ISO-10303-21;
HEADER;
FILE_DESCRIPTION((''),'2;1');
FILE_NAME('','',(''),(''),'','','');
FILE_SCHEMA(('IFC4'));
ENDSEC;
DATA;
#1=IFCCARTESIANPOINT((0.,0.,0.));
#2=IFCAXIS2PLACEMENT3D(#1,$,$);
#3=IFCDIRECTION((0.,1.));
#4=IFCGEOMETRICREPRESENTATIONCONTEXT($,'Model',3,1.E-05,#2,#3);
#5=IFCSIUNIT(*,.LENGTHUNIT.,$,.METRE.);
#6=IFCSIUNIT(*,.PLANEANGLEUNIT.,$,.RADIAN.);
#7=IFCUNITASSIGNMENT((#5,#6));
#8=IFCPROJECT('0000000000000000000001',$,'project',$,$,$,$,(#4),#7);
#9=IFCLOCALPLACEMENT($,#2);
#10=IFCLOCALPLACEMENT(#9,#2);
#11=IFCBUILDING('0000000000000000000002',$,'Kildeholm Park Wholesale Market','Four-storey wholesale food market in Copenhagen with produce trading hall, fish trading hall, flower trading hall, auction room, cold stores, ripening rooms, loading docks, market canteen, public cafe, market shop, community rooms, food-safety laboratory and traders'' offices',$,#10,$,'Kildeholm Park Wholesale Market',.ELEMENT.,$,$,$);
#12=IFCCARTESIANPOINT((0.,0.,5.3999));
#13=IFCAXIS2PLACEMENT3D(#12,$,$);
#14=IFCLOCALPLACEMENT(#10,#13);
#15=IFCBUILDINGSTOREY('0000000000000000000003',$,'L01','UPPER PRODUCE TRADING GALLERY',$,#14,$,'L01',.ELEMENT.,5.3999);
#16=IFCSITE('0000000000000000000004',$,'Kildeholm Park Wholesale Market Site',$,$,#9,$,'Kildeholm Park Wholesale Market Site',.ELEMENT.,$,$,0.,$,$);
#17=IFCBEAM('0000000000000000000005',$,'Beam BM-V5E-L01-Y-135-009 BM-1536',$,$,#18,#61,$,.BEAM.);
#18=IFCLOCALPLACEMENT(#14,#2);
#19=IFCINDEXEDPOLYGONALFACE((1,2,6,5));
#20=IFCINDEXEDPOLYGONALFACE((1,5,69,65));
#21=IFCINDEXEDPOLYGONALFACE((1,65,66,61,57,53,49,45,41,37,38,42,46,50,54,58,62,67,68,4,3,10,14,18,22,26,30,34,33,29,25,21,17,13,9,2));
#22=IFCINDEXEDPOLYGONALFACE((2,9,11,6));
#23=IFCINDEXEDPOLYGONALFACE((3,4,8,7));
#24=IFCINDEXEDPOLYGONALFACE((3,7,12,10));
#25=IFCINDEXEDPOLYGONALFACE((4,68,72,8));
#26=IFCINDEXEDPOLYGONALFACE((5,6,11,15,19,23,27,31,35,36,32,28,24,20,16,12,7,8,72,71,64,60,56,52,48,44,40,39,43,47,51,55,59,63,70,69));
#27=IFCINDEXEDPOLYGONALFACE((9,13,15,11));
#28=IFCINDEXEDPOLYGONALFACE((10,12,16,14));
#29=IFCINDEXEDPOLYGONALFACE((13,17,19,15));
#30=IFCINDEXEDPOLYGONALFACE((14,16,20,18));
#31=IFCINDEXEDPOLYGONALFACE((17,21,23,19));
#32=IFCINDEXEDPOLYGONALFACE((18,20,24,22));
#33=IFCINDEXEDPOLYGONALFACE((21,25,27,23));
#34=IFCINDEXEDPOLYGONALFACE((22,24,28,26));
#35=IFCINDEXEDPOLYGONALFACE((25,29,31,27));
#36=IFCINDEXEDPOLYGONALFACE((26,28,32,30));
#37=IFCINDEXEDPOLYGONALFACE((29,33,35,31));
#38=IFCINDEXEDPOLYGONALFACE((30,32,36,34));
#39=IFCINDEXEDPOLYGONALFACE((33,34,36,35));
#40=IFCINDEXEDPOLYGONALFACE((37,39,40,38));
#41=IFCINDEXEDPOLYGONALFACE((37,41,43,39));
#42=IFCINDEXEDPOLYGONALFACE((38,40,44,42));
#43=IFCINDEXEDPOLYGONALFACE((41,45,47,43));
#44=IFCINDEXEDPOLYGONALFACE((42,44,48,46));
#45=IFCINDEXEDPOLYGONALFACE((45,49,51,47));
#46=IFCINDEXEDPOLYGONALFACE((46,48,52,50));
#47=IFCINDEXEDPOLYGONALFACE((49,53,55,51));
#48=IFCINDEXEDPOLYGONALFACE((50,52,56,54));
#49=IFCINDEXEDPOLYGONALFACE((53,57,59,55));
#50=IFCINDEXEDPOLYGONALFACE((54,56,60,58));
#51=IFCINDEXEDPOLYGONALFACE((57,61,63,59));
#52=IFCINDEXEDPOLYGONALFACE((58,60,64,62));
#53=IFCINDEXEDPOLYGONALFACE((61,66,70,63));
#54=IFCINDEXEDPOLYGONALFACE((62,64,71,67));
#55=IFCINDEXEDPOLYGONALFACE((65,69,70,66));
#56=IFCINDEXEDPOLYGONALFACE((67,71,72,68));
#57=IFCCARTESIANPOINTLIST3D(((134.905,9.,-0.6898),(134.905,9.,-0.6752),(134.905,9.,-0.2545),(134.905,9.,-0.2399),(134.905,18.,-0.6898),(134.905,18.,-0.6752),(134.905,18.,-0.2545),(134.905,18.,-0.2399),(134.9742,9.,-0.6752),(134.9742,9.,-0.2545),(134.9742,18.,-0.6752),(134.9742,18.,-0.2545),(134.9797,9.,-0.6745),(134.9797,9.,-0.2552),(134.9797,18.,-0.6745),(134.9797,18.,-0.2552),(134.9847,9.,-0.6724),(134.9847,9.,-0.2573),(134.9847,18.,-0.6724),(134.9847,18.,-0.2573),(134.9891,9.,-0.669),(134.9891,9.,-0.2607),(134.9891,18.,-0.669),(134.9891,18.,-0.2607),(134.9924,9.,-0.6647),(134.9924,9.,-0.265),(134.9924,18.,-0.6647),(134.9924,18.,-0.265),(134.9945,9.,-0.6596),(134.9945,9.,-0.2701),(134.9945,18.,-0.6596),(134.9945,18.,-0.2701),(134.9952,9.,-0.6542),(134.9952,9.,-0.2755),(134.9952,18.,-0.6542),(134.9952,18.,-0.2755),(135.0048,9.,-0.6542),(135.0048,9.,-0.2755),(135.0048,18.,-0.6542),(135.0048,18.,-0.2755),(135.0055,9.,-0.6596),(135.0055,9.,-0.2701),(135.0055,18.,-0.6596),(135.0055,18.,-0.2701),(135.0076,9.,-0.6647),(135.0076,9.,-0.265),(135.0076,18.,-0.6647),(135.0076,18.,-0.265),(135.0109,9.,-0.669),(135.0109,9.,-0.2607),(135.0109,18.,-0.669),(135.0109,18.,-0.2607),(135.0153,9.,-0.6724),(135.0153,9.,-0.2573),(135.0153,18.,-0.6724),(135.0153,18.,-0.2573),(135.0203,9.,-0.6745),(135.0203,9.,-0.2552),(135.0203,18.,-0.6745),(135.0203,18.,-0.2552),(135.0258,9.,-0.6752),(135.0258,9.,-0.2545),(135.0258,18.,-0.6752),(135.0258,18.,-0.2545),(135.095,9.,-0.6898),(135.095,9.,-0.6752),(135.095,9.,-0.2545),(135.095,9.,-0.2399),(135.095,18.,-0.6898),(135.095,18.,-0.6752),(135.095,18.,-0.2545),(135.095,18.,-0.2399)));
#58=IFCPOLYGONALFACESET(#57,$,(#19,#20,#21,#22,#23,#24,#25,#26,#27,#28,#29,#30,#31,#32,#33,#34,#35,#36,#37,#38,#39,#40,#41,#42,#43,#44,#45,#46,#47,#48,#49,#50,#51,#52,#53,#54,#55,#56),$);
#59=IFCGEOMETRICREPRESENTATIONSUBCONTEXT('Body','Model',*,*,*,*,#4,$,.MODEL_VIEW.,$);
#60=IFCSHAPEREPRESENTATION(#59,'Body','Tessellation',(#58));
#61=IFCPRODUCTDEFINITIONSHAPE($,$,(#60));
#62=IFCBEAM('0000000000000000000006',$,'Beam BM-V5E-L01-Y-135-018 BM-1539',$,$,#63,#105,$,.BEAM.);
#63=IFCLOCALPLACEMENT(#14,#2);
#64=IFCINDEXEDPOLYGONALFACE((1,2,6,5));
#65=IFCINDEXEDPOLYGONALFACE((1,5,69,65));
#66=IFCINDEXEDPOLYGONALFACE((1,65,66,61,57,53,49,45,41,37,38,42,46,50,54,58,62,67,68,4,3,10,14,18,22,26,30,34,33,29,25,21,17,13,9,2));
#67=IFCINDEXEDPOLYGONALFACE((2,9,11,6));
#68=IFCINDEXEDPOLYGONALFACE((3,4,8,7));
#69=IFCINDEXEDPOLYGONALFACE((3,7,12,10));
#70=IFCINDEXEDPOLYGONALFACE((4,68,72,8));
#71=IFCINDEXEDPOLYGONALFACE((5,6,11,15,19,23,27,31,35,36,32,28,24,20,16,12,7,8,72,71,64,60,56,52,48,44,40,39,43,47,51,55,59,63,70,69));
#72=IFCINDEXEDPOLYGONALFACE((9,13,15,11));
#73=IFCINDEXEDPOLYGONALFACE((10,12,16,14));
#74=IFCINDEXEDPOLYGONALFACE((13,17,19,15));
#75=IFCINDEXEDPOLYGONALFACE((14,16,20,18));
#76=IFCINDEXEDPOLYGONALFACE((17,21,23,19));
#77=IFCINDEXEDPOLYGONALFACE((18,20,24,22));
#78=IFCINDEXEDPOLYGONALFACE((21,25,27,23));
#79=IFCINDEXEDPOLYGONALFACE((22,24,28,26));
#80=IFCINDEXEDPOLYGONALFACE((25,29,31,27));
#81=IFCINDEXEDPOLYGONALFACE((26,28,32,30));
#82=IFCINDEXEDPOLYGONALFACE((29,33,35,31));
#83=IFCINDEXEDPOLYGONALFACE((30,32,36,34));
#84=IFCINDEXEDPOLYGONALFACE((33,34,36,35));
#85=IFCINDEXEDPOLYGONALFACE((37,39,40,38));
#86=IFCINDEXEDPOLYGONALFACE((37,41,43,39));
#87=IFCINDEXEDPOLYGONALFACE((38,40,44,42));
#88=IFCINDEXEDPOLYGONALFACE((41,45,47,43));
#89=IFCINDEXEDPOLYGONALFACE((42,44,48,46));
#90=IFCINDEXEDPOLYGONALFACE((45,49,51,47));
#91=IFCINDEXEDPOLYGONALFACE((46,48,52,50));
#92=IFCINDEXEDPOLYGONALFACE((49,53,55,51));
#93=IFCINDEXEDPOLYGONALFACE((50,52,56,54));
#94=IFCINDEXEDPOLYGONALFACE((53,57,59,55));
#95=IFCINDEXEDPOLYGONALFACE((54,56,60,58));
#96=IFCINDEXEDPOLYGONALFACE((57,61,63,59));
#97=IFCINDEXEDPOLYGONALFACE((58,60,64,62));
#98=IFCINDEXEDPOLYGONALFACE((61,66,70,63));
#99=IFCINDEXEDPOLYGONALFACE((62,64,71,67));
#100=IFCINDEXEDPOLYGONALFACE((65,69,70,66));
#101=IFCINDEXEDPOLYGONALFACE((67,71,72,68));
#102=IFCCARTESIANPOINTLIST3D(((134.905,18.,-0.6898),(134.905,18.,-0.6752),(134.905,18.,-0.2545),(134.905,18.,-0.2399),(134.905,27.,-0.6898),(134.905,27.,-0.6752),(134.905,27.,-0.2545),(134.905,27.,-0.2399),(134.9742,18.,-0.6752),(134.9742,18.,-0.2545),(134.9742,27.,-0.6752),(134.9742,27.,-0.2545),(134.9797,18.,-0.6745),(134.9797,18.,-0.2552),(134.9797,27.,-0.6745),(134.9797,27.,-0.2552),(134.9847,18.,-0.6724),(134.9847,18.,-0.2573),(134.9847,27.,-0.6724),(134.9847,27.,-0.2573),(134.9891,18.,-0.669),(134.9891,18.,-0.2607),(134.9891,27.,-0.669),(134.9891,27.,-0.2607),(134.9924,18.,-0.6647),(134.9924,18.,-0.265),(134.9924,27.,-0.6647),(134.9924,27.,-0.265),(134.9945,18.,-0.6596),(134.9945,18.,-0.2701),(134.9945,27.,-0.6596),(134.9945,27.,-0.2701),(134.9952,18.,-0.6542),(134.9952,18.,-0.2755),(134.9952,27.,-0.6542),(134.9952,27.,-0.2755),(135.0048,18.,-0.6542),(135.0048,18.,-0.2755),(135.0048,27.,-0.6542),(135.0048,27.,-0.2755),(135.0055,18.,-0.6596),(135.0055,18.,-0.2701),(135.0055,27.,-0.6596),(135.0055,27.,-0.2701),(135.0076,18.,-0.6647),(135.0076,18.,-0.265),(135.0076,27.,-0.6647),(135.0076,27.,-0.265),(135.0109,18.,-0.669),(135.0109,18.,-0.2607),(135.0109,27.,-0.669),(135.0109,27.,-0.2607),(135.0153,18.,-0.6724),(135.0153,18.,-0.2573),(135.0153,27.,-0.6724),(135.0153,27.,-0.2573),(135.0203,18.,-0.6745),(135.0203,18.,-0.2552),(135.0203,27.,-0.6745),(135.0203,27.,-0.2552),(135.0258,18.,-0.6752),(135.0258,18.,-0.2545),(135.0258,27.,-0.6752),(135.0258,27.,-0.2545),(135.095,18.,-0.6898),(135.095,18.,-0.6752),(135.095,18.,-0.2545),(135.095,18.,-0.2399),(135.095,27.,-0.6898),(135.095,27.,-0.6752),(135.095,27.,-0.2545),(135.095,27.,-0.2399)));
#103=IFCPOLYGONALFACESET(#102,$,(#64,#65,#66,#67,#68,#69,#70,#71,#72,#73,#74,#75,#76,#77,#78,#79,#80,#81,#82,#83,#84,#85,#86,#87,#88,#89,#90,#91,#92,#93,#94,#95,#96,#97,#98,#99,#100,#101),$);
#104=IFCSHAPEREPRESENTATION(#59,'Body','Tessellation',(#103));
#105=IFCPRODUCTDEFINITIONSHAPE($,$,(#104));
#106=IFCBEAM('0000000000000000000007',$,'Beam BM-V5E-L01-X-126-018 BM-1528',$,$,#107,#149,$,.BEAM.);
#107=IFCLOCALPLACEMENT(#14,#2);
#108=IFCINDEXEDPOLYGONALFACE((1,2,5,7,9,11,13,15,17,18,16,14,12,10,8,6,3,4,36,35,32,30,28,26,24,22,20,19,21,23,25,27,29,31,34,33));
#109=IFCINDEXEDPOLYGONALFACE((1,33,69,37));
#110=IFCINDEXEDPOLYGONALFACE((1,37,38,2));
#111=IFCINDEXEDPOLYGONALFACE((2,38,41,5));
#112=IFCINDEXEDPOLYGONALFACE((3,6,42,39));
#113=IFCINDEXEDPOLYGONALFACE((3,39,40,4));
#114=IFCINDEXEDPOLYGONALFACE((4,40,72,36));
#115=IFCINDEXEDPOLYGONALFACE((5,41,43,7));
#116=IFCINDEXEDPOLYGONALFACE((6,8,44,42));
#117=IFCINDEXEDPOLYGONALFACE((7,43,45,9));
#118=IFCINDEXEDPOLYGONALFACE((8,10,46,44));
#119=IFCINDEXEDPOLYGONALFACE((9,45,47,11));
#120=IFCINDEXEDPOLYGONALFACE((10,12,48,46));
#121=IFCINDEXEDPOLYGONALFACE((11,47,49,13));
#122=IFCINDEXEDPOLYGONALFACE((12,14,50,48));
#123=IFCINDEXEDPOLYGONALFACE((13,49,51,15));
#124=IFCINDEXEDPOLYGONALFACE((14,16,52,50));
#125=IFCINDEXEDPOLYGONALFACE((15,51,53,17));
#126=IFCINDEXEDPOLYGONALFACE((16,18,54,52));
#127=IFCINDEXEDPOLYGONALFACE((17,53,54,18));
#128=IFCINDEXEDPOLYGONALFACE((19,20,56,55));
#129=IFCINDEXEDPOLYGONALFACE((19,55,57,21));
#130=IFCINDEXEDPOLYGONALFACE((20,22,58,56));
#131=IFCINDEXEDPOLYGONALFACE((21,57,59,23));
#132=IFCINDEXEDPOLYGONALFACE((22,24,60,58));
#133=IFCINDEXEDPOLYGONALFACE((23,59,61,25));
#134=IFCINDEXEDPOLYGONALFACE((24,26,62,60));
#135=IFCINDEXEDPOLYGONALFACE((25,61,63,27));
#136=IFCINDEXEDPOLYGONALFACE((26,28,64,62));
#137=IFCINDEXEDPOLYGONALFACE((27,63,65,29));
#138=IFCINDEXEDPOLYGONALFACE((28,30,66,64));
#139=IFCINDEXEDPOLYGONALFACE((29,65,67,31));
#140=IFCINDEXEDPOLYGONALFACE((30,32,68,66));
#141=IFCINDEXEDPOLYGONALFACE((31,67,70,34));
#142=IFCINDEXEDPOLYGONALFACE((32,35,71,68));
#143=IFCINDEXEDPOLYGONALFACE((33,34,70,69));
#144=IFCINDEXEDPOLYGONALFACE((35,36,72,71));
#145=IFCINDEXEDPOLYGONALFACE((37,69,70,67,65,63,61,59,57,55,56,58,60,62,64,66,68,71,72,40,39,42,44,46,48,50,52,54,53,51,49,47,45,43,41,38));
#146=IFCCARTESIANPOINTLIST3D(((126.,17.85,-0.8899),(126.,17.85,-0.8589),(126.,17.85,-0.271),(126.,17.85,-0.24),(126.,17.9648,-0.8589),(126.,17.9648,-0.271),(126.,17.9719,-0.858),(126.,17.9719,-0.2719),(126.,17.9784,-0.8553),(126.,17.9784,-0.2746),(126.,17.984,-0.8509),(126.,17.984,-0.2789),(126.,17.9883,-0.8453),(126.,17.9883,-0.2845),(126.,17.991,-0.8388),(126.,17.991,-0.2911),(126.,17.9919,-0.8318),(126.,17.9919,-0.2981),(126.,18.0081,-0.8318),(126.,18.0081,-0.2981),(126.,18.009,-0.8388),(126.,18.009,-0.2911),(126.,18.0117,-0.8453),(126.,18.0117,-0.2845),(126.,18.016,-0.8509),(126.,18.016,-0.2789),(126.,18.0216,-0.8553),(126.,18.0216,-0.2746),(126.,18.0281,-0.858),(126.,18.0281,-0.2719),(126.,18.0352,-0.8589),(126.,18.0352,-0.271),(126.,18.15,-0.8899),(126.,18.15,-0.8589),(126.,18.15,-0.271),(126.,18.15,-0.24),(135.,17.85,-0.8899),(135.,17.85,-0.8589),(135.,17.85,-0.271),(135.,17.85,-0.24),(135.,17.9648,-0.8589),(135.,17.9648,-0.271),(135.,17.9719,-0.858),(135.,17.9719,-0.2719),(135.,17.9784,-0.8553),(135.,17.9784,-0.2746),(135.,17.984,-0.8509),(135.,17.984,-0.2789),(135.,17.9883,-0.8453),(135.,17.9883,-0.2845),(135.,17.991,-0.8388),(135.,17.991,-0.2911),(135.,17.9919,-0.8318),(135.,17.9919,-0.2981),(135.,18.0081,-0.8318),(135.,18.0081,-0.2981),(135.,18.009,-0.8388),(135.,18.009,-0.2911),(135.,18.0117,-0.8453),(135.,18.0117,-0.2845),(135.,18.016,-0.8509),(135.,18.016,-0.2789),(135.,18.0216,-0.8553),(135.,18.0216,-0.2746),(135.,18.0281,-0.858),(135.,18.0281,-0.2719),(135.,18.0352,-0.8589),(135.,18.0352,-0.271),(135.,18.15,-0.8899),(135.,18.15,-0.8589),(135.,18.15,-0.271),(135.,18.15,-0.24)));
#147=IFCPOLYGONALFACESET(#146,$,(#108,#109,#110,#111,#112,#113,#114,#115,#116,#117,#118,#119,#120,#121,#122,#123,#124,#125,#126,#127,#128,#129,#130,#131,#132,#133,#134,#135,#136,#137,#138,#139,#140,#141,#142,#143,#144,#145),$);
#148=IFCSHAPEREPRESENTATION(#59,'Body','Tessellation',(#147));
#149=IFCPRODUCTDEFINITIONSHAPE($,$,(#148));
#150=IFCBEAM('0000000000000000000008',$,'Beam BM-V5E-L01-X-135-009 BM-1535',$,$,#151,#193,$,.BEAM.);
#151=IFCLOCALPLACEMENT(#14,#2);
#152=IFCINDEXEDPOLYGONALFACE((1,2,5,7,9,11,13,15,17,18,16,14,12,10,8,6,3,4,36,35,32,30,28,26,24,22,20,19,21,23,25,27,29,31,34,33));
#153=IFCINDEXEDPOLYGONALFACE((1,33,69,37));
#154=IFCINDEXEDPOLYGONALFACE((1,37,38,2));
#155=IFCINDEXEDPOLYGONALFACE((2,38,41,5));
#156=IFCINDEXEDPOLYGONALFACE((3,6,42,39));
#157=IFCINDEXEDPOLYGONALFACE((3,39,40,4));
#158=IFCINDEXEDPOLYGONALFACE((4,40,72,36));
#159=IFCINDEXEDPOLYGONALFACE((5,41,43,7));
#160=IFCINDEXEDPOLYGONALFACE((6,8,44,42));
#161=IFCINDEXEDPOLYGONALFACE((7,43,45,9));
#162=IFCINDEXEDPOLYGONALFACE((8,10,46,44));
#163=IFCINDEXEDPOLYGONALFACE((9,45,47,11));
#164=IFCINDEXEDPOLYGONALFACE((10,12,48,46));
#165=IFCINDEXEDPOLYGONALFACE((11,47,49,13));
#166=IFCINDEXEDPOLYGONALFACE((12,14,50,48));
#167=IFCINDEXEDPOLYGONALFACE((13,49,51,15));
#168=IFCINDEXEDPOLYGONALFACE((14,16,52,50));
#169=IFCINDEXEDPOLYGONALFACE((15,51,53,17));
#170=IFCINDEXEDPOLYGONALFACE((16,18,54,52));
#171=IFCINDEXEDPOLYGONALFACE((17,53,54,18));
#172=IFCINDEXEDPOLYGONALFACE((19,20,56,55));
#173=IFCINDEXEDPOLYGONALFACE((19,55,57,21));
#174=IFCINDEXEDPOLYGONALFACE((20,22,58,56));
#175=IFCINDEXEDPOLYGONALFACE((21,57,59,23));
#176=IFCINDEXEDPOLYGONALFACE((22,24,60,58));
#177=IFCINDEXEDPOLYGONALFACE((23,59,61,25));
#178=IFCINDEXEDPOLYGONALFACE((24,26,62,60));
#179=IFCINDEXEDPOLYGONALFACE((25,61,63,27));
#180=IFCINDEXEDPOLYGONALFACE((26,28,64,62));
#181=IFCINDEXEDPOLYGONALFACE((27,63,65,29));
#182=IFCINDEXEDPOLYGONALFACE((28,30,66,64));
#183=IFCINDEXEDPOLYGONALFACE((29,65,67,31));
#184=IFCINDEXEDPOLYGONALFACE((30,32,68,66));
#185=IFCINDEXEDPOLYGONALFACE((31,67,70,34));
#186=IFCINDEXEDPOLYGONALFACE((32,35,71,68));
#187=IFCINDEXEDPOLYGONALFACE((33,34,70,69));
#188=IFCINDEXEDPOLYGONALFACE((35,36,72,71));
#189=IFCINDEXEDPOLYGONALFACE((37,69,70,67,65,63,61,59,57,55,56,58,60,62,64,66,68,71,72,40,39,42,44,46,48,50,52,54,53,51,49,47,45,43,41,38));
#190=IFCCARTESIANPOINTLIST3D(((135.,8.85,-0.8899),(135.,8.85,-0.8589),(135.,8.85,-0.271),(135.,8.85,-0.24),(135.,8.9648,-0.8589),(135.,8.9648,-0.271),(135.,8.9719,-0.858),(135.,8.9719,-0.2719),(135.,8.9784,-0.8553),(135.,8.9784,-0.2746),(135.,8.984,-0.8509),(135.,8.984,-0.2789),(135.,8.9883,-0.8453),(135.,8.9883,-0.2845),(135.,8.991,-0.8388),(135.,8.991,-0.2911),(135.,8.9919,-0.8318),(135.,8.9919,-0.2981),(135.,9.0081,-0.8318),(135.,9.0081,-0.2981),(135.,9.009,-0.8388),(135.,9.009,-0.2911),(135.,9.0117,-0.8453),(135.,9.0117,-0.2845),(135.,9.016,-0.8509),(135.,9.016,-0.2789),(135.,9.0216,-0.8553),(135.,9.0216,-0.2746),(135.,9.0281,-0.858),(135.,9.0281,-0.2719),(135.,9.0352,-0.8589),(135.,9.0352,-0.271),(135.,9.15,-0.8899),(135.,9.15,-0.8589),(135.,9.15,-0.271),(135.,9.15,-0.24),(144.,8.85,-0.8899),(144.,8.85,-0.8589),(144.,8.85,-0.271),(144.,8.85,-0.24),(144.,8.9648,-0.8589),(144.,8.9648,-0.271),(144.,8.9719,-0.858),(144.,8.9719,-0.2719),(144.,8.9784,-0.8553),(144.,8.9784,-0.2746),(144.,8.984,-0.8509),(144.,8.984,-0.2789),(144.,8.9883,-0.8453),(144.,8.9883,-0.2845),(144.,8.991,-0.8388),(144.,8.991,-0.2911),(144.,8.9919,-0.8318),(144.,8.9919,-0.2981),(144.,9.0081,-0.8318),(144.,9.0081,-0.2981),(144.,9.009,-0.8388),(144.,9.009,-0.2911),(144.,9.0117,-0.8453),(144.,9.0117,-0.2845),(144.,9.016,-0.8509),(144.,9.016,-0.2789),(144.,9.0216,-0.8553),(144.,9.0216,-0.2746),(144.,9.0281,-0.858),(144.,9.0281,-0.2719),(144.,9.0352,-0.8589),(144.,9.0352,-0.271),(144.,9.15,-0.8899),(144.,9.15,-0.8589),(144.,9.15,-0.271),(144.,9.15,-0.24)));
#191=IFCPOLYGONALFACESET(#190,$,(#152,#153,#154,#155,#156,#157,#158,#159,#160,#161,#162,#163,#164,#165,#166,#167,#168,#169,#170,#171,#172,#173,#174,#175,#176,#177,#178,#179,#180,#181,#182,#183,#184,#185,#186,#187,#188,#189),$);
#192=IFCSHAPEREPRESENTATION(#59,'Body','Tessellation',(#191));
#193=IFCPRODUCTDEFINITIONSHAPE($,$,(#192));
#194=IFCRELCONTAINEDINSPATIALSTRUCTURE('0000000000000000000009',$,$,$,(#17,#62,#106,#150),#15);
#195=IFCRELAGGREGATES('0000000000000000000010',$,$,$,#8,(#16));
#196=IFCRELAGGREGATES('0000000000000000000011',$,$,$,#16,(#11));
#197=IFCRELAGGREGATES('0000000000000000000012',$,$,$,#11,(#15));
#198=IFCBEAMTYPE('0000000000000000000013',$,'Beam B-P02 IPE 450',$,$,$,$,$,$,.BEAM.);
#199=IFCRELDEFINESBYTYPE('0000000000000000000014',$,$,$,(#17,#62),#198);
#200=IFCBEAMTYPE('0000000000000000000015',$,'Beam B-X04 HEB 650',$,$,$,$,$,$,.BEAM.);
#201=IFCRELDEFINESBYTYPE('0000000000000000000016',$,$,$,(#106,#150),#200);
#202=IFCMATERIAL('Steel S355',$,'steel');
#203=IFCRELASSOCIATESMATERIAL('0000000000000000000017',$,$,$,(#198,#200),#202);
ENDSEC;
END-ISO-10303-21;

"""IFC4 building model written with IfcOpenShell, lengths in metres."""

from ifc_helpers import new_model, si_unit, direction, frame, origin, origin_2d, place, context, subcontext, project, spatial, i_section, extrude, material, material_profile, profile_set, type_object, element, save


model = new_model("IFC4")

# Units and contexts
model_context = context("Model", 3, precision=1e-05, world=origin(), true_north=direction((0.0, 1.0)))
body_context = subcontext(model_context, "Body", "Model", "MODEL_VIEW")
ifc_project = project(units=[si_unit("LENGTHUNIT", "METRE"), si_unit("PLANEANGLEUNIT", "RADIAN")], contexts=[model_context])

# Site, building, storey
site_placement = place(None, origin())
site = spatial("IfcSite", under=ifc_project, at=site_placement, Name="Kildeholm Park Wholesale Market Site", LongName="Kildeholm Park Wholesale Market Site", CompositionType="ELEMENT", RefElevation=0.0)
building_placement = place(site_placement, origin())
building = spatial("IfcBuilding", under=site, at=building_placement, Name="Kildeholm Park Wholesale Market", Description="Four-storey wholesale food market in Copenhagen with produce trading hall, fish trading hall, flower trading hall, auction room, cold stores, ripening rooms, loading docks, market canteen, public cafe, market shop, community rooms, food-safety laboratory and traders' offices", LongName="Kildeholm Park Wholesale Market", CompositionType="ELEMENT")
storey_placement = place(building_placement, frame((0.0, 0.0, 5.3999)))
storey = spatial("IfcBuildingStorey", under=building, at=storey_placement, Name="L01", Description="UPPER PRODUCE TRADING GALLERY", LongName="L01", CompositionType="ELEMENT", Elevation=5.3999)

# Shared definitions
ifc_material_1 = material(Name="Steel S355", Category="steel")

# Beams
ifc_material_profile_1 = material_profile(ifc_material_1, i_section(OverallWidth=0.1899, OverallDepth=0.45, WebThickness=0.0095, FlangeThickness=0.0146, FilletRadius=0.021, at=origin_2d()), Name="IPE 450")
ifc_profile_set_1 = profile_set([ifc_material_profile_1], Name="Steel S355")
beam_type_1 = type_object("IfcBeamType", Name="Beam B-P02 IPE 450", PredefinedType="BEAM", material=ifc_profile_set_1)
for number, where, z_axis, x_axis, name in (
    (1, (135.0, 9.0, -0.4648), (0.0, 1.0, 0.0), (-1.0, 0.0, 0.0), "Beam BM-V5E-L01-Y-135-009 BM-1536"),
    (2, (135.0, 18.0, -0.4648), (0.0, 1.0, 0.0), (-1.0, 0.0, 0.0), "Beam BM-V5E-L01-Y-135-018 BM-1539"),
):
    element("IfcBeam", number, at=place(storey_placement, frame(where, z_axis=z_axis, x_axis=x_axis)), inside=storey, type_object=beam_type_1, Name=name, PredefinedType="BEAM", context=body_context, shape_type="SweptSolid", body=[
        extrude(i_section(OverallWidth=0.1899, OverallDepth=0.45, WebThickness=0.0095, FlangeThickness=0.0146, FilletRadius=0.021, at=origin_2d()), origin(), (0.0, 0.0, 1.0), 9.0),
    ])
ifc_material_profile_2 = material_profile(ifc_material_1, i_section(OverallWidth=0.3, OverallDepth=0.6499, WebThickness=0.0161, FlangeThickness=0.031, FilletRadius=0.0271, at=origin_2d()), Name="HEB 650")
ifc_profile_set_2 = profile_set([ifc_material_profile_2], Name="Steel S355")
beam_type_2 = type_object("IfcBeamType", Name="Beam B-X04 HEB 650", PredefinedType="BEAM", material=ifc_profile_set_2)
for number, where, z_axis, x_axis, name in (
    (3, (126.0, 18.0, -0.5649), (1.0, 0.0, 0.0), (0.0, 1.0, 0.0), "Beam BM-V5E-L01-X-126-018 BM-1528"),
    (4, (135.0, 9.0, -0.5649), (1.0, 0.0, 0.0), (0.0, 1.0, 0.0), "Beam BM-V5E-L01-X-135-009 BM-1535"),
):
    element("IfcBeam", number, at=place(storey_placement, frame(where, z_axis=z_axis, x_axis=x_axis)), inside=storey, type_object=beam_type_2, Name=name, PredefinedType="BEAM", context=body_context, shape_type="SweptSolid", body=[
        extrude(i_section(OverallWidth=0.3, OverallDepth=0.6499, WebThickness=0.0161, FlangeThickness=0.031, FilletRadius=0.0271, at=origin_2d()), origin(), (0.0, 0.0, 1.0), 9.0),
    ])

save(model, "model.ifc")
